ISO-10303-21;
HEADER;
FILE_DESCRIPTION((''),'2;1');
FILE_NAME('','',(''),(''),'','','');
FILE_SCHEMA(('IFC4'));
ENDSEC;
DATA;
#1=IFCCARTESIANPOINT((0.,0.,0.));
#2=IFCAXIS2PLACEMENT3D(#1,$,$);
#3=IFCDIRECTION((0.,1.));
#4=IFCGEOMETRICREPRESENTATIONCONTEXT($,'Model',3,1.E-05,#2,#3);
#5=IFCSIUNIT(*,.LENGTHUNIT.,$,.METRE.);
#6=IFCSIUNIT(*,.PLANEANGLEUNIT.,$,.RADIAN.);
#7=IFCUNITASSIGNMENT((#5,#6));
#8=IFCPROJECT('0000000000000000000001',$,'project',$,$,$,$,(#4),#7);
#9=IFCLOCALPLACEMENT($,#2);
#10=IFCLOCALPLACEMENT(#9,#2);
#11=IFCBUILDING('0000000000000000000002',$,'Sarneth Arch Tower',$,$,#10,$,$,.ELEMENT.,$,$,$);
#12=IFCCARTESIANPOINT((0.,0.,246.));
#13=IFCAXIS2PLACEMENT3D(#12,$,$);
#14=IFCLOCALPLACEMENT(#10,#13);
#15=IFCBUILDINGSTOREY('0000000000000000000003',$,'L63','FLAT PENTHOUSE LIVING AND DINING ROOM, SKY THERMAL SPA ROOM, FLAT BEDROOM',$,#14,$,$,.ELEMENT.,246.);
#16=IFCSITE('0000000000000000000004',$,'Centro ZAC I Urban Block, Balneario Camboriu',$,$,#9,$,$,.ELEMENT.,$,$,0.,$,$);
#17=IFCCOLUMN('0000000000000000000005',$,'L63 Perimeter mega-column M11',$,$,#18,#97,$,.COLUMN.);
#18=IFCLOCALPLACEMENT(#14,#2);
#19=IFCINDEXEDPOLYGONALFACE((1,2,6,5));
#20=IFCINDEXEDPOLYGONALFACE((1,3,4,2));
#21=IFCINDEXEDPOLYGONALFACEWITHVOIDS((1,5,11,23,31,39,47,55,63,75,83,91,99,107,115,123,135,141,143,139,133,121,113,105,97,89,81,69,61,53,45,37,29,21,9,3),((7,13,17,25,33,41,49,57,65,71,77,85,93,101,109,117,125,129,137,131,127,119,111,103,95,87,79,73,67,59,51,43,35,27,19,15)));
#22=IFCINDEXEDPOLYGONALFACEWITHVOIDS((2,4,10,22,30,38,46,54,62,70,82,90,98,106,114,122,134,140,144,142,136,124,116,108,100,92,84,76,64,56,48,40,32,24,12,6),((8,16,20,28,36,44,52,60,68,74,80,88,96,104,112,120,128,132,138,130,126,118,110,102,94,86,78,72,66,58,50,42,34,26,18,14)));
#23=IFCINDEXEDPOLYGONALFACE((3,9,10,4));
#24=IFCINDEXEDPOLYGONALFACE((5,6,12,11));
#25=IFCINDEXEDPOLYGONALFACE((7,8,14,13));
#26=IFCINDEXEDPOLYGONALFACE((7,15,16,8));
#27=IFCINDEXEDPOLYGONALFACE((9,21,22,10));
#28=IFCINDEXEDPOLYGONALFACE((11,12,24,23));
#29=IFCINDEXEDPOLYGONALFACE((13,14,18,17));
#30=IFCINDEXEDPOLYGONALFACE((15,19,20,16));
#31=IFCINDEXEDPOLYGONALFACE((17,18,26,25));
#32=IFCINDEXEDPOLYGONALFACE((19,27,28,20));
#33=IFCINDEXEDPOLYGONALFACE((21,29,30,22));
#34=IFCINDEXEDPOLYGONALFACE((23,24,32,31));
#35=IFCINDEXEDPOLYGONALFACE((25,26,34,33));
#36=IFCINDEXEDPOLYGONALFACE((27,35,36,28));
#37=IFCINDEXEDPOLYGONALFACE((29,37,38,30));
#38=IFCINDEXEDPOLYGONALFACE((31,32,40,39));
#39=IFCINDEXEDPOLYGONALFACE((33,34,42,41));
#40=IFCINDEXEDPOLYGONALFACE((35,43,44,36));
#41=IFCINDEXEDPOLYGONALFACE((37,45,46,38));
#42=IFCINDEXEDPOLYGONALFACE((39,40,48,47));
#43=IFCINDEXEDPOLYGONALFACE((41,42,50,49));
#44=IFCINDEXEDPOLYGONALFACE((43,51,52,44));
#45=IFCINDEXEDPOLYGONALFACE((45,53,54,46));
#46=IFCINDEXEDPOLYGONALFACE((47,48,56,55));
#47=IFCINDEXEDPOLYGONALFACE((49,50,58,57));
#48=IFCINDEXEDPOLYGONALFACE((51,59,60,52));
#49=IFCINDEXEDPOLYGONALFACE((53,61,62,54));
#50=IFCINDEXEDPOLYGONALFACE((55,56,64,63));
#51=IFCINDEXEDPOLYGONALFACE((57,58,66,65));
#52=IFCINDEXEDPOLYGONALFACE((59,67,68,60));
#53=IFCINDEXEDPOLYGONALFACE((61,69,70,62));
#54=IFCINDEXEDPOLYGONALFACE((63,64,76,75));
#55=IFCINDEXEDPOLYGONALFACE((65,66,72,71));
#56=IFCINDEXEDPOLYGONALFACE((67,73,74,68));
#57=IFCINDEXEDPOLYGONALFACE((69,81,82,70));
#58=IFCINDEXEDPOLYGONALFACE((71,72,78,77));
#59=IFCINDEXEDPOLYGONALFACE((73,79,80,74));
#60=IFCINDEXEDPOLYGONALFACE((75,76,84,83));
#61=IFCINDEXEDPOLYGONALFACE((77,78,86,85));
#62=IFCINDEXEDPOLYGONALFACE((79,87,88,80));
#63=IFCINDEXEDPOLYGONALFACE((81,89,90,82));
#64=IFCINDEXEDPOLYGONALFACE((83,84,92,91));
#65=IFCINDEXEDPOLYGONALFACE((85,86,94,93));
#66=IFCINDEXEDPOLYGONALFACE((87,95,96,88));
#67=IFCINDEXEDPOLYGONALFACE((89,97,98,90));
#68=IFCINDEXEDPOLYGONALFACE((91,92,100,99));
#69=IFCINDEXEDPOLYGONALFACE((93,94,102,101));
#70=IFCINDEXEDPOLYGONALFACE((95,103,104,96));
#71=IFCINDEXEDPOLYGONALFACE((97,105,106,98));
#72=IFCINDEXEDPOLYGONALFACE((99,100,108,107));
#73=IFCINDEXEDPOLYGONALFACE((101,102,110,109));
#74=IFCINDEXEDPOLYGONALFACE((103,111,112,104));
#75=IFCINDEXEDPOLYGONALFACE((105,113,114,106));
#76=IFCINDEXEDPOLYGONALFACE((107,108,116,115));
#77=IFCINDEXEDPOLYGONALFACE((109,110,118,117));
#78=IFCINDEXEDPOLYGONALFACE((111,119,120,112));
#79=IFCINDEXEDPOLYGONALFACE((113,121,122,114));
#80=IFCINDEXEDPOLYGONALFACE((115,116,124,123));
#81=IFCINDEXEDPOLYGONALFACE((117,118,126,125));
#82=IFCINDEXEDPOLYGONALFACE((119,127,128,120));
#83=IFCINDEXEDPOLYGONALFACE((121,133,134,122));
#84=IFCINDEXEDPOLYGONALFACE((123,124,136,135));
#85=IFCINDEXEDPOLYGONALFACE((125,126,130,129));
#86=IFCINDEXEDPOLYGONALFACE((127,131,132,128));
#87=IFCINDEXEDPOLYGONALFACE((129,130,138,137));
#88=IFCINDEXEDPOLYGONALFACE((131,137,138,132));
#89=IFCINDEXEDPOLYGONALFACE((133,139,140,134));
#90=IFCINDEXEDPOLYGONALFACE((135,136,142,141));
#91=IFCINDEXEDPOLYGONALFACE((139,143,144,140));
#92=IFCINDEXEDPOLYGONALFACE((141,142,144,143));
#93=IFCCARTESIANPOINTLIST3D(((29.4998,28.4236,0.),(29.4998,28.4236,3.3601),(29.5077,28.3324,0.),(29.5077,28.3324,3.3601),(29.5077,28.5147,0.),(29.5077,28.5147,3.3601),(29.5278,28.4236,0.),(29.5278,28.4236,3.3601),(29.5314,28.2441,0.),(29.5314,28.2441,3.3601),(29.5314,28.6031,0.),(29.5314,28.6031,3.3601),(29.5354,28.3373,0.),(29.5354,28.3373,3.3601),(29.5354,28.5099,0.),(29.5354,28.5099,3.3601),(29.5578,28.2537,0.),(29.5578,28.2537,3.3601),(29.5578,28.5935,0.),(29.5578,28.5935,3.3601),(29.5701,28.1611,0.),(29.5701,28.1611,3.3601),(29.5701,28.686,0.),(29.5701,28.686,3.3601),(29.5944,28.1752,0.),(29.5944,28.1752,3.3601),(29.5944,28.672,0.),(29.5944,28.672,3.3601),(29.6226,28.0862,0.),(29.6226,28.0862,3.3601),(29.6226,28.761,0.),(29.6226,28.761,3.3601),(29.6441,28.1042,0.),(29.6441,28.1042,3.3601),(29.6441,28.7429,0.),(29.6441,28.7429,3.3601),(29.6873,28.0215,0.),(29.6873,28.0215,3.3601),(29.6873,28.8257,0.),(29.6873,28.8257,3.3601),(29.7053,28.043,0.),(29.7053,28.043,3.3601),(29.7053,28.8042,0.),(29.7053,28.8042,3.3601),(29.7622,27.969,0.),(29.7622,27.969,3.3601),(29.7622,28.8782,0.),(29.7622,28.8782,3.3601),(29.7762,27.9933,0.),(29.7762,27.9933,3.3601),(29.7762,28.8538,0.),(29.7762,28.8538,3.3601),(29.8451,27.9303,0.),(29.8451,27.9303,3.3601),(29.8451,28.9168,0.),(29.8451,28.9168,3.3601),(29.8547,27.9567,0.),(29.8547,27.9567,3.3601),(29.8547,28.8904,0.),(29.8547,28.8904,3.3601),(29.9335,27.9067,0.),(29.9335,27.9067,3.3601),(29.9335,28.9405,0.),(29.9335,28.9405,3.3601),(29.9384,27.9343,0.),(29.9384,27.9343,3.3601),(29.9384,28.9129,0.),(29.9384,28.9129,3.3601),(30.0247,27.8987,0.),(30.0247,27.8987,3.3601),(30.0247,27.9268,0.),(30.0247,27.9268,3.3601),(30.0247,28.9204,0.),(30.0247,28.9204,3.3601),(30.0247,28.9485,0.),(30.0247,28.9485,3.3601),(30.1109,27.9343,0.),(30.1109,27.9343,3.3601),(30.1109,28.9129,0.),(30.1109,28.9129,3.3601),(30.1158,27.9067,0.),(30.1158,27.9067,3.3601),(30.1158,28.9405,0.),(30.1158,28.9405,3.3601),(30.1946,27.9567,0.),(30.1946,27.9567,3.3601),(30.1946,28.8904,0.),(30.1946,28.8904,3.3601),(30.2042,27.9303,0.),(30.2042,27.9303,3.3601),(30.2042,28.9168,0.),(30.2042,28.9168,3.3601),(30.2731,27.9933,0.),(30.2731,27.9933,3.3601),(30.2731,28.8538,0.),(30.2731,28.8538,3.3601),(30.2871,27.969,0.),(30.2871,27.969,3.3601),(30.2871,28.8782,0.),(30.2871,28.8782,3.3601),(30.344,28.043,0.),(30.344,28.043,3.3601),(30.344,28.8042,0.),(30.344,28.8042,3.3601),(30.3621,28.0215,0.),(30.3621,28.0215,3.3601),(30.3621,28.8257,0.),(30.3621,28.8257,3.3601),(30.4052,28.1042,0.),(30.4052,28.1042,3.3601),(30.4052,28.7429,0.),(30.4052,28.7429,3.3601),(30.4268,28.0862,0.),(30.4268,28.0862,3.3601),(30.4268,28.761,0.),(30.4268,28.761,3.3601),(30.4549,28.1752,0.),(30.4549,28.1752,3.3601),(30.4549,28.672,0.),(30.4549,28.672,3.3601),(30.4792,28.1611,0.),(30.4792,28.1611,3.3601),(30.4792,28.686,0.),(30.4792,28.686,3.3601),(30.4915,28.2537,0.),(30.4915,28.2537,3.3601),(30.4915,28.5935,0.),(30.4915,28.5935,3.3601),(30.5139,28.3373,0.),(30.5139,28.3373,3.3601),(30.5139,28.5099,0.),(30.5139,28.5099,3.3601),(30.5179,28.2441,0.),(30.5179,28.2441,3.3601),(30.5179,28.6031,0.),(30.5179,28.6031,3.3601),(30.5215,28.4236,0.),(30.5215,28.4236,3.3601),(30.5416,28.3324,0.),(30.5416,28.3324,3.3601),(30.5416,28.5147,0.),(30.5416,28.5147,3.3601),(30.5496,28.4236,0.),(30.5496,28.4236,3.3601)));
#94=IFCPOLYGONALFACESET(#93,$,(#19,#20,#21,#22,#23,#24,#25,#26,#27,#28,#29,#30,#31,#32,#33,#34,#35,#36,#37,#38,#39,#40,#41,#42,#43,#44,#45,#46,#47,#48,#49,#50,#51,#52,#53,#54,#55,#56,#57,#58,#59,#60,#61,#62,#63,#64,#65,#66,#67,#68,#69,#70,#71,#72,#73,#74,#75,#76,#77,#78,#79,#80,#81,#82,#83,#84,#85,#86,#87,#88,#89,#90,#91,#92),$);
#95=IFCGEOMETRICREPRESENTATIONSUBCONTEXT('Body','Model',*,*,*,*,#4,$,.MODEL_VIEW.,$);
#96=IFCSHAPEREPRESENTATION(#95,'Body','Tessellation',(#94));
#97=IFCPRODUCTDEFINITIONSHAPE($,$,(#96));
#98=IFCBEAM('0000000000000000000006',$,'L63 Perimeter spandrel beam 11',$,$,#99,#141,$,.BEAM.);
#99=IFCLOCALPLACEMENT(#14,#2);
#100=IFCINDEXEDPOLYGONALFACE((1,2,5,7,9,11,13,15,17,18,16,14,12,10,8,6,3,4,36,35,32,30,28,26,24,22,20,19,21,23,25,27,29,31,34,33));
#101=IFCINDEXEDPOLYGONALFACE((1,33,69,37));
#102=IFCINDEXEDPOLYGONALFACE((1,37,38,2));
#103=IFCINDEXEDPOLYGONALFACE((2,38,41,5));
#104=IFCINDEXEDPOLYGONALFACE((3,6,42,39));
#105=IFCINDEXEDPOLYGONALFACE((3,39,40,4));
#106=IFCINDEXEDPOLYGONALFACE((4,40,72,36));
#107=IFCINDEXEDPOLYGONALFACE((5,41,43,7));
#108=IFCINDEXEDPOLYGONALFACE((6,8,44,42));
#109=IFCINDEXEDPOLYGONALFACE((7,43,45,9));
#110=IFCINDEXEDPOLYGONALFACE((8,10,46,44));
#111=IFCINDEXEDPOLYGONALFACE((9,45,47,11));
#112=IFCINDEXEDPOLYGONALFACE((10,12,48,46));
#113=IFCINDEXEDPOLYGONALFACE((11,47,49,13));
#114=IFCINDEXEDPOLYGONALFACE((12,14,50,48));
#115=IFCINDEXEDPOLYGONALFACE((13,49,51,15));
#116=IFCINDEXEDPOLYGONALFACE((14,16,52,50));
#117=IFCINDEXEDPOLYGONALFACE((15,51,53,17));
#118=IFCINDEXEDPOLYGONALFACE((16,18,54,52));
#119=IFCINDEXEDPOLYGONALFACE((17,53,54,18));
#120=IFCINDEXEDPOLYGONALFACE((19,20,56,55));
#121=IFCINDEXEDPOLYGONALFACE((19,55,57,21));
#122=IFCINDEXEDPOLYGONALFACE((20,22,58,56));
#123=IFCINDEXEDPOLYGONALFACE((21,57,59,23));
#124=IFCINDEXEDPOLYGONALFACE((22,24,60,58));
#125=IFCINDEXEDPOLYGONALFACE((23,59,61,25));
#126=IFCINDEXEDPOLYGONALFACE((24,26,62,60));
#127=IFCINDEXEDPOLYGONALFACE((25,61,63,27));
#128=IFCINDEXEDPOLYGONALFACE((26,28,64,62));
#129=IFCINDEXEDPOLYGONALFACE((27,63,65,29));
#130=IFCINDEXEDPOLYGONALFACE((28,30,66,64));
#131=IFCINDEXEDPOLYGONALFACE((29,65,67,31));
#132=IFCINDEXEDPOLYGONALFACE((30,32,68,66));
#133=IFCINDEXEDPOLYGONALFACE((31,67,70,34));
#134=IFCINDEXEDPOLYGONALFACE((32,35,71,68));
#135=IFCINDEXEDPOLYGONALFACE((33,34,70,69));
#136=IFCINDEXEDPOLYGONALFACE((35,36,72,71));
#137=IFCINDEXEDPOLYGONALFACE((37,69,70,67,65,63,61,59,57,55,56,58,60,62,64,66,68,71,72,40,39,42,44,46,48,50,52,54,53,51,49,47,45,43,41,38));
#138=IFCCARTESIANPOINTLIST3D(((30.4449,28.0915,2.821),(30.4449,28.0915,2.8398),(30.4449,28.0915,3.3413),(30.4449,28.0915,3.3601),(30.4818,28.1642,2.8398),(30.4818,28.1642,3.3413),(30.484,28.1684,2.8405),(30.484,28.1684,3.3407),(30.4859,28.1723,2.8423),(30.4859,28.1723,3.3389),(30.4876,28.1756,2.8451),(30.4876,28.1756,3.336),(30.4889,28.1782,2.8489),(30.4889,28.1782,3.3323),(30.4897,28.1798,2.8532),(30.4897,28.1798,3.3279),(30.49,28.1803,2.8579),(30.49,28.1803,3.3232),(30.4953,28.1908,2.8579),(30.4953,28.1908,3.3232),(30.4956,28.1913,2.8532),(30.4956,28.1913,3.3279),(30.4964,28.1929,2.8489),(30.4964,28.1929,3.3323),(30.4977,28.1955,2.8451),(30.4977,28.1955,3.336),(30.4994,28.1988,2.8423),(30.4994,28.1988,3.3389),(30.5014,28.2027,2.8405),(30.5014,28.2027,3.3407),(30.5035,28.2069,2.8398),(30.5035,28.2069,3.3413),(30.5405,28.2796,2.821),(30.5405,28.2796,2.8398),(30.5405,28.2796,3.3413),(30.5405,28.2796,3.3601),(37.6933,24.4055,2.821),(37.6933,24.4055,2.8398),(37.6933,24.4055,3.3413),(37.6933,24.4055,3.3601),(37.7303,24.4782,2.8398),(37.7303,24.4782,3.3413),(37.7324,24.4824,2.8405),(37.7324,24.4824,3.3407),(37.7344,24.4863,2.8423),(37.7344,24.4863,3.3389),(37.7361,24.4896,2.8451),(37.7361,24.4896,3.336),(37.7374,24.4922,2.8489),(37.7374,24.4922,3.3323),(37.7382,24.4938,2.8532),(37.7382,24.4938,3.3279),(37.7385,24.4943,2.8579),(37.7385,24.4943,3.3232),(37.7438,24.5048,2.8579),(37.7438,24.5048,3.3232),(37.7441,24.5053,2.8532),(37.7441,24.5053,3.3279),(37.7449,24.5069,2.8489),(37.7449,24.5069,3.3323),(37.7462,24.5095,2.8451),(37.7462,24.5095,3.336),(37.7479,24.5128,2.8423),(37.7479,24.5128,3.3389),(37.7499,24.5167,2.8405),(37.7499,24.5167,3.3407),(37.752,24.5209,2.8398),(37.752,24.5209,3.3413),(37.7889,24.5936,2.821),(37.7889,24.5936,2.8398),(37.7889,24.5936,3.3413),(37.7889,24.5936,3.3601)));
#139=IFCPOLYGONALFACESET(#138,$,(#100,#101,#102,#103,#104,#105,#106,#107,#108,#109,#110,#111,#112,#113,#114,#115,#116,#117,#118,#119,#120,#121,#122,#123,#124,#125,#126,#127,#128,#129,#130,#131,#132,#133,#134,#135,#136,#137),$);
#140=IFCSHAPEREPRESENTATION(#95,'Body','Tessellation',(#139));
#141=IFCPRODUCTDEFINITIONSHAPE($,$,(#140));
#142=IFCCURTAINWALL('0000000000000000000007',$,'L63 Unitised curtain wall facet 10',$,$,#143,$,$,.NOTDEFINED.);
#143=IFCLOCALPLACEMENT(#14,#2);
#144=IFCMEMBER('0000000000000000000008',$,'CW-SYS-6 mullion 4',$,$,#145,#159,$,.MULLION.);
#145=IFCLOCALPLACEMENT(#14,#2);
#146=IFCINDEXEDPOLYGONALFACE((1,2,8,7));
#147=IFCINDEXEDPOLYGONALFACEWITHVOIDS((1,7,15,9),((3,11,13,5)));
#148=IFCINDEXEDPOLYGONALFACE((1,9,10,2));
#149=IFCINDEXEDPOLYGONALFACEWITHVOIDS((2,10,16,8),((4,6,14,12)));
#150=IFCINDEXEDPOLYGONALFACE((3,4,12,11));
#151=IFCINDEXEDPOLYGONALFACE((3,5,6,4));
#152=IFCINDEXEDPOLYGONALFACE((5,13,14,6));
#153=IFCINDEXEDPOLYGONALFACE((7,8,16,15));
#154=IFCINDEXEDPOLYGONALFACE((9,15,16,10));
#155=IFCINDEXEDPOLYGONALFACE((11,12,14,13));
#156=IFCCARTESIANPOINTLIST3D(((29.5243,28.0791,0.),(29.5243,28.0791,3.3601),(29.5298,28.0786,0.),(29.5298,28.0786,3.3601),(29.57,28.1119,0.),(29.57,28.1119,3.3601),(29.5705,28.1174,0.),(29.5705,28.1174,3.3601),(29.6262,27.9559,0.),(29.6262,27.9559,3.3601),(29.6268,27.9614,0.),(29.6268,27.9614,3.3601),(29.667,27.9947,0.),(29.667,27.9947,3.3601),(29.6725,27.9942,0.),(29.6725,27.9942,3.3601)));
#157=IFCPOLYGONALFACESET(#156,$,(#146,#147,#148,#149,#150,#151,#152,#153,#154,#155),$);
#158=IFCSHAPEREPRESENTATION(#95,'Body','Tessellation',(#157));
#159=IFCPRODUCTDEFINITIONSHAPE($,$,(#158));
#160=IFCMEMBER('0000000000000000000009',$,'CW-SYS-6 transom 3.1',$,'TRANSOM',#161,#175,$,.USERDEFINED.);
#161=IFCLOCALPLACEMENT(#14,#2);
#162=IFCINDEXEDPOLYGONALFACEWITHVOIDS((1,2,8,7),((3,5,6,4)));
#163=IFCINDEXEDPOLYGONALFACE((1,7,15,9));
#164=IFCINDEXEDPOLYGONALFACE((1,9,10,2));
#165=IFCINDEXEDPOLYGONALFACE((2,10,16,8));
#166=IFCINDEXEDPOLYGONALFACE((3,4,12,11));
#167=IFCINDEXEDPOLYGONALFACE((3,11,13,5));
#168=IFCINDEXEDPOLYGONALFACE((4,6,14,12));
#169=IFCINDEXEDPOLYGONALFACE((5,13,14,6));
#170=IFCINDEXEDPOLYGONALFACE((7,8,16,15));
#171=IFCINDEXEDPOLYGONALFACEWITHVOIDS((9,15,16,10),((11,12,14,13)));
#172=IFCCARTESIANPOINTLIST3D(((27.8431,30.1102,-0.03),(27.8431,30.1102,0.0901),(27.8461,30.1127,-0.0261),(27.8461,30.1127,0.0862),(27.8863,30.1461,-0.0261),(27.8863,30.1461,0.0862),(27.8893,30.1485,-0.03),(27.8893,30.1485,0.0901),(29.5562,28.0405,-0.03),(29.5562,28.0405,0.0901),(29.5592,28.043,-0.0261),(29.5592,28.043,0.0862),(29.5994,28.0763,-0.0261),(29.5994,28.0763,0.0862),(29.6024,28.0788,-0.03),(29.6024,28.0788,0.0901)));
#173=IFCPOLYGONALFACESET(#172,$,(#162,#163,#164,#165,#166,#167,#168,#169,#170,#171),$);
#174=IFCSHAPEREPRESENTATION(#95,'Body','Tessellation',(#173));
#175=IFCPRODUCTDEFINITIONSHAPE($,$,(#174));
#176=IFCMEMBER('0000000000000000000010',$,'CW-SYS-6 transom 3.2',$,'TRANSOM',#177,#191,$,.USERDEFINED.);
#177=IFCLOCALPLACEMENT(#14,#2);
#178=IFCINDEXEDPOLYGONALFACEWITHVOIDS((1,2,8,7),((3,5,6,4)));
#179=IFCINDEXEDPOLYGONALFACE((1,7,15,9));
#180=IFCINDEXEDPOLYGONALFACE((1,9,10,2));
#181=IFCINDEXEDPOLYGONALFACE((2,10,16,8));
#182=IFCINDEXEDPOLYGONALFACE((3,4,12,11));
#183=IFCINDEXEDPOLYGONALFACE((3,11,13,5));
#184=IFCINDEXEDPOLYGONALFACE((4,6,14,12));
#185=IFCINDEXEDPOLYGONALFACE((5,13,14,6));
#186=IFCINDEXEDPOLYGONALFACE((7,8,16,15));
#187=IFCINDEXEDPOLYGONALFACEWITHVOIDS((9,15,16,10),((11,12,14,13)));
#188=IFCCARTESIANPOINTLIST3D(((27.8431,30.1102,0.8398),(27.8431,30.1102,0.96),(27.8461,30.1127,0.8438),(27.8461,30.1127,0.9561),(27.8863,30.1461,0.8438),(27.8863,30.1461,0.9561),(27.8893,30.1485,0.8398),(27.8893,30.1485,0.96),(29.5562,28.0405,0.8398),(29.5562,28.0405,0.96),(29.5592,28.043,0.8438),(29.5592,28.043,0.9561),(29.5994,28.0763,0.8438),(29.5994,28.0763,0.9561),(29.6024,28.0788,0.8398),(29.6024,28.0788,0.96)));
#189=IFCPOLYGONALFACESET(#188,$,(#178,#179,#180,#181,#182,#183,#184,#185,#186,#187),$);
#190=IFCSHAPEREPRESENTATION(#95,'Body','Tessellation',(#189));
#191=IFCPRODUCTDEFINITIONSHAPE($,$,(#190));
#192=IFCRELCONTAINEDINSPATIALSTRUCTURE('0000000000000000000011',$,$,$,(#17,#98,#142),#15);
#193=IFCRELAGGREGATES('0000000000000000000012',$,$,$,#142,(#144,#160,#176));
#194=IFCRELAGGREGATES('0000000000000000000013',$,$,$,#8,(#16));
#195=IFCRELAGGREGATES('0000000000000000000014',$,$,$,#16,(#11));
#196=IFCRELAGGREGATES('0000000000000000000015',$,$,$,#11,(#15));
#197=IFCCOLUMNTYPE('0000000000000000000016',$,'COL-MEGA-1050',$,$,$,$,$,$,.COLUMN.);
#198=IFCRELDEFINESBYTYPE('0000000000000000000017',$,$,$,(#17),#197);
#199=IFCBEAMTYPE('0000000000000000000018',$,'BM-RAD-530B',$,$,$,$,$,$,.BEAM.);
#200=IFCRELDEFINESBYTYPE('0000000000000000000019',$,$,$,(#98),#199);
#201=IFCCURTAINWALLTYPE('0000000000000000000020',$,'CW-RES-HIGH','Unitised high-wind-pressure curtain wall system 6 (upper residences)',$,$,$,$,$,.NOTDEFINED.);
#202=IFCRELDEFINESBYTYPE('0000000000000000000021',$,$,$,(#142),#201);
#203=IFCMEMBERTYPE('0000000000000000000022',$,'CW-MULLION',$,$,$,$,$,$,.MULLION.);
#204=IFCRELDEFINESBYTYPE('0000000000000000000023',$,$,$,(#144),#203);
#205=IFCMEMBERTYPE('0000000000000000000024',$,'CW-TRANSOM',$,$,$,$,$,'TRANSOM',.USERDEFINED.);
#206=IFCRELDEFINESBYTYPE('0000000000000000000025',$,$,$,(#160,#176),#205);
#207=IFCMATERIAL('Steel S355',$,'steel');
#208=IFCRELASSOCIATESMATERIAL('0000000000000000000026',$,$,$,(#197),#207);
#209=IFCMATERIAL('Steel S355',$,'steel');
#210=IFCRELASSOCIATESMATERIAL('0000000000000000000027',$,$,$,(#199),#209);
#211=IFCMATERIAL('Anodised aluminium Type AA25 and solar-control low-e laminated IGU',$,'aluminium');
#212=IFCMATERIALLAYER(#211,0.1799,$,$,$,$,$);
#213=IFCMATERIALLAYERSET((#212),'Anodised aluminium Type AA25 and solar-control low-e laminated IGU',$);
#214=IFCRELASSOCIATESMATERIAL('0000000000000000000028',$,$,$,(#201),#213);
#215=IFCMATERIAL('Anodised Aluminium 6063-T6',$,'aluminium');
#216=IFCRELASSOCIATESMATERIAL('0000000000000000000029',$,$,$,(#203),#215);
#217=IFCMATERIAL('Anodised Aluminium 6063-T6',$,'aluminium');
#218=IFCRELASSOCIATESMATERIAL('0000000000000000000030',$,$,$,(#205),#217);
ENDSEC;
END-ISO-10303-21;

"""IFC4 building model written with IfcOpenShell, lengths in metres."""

from ifc_helpers import new_model, si_unit, direction, frame, origin, origin_2d, place, context, subcontext, project, spatial, hollow_rectangle, hollow_circle, i_section, extrude, material, layer, layer_set, material_profile, profile_set, type_object, element, aggregate, save


model = new_model("IFC4")

# Units and contexts
model_context = context("Model", 3, precision=1e-05, world=origin(), true_north=direction((0.0, 1.0)))
body_context = subcontext(model_context, "Body", "Model", "MODEL_VIEW")
ifc_project = project(units=[si_unit("LENGTHUNIT", "METRE"), si_unit("PLANEANGLEUNIT", "RADIAN")], contexts=[model_context])

# Site, building, storey
site_placement = place(None, origin())
site = spatial("IfcSite", under=ifc_project, at=site_placement, Name="Centro ZAC I Urban Block, Balneario Camboriu", CompositionType="ELEMENT", RefElevation=0.0)
building_placement = place(site_placement, origin())
building = spatial("IfcBuilding", under=site, at=building_placement, Name="Sarneth Arch Tower", CompositionType="ELEMENT")
storey_placement = place(building_placement, frame((0.0, 0.0, 246.0)))
storey = spatial("IfcBuildingStorey", under=building, at=storey_placement, Name="L63", Description="FLAT PENTHOUSE LIVING AND DINING ROOM, SKY THERMAL SPA ROOM, FLAT BEDROOM", CompositionType="ELEMENT", Elevation=246.0)

# Column
ifc_material_1 = material(Name="Steel S355", Category="steel")
ifc_material_profile_1 = material_profile(ifc_material_1, hollow_circle(Radius=0.5249, WallThickness=0.0281, at=origin_2d()), Name="CHS1050x28")
ifc_profile_set_1 = profile_set([ifc_material_profile_1], Name="Steel S355")
column_type = type_object("IfcColumnType", Name="COL-MEGA-1050", PredefinedType="COLUMN", material=ifc_profile_set_1)
column_placement = place(storey_placement, frame((30.0247, 28.4236, 0.0), z_axis=(0.0, 0.0, 1.0), x_axis=(1.0, 0.0, 0.0)))
element("IfcColumn", 1, at=column_placement, inside=storey, type_object=column_type, Name="L63 Perimeter mega-column M11", PredefinedType="COLUMN", context=body_context, shape_type="SweptSolid", body=[
    extrude(hollow_circle(Radius=0.5249, WallThickness=0.0281, at=origin_2d()), origin(), (0.0, 0.0, 1.0), 3.3601),
])

# Beam
ifc_material_2 = material(Name="Steel S355", Category="steel")
ifc_material_profile_2 = material_profile(ifc_material_2, i_section(OverallWidth=0.2109, OverallDepth=0.5391, WebThickness=0.0117, FlangeThickness=0.0188, FilletRadius=0.0181, at=origin_2d()), Name="W530x109")
ifc_profile_set_2 = profile_set([ifc_material_profile_2], Name="Steel S355")
beam_type = type_object("IfcBeamType", Name="BM-RAD-530B", PredefinedType="BEAM", material=ifc_profile_set_2)
beam_placement = place(storey_placement, frame((30.4927, 28.1855, 3.0906), z_axis=(0.891368, -0.45328, 0.0), x_axis=(0.45328, 0.891368, 0.0)))
element("IfcBeam", 2, at=beam_placement, inside=storey, type_object=beam_type, Name="L63 Perimeter spandrel beam 11", PredefinedType="BEAM", context=body_context, shape_type="SweptSolid", body=[
    extrude(i_section(OverallWidth=0.2109, OverallDepth=0.5391, WebThickness=0.0117, FlangeThickness=0.0188, FilletRadius=0.0181, at=origin_2d()), origin(), (0.0, 0.0, 1.0), 8.1318),
])

# Curtain wall, members
ifc_material_3 = material(Name="Anodised aluminium Type AA25 and solar-control low-e laminated IGU", Category="aluminium")
ifc_layer_1 = layer(ifc_material_3, 0.1799)
ifc_layer_set_1 = layer_set([ifc_layer_1], Name="Anodised aluminium Type AA25 and solar-control low-e laminated IGU")
curtain_wall_type = type_object("IfcCurtainWallType", Name="CW-RES-HIGH", Description="Unitised high-wind-pressure curtain wall system 6 (upper residences)", PredefinedType="NOTDEFINED", material=ifc_layer_set_1)
curtain_wall_placement = place(storey_placement, origin())
curtain_wall = element("IfcCurtainWall", 3, at=curtain_wall_placement, inside=storey, type_object=curtain_wall_type, Name="L63 Unitised curtain wall facet 10", PredefinedType="NOTDEFINED")
ifc_material_4 = material(Name="Anodised Aluminium 6063-T6", Category="aluminium")
ifc_material_profile_3 = material_profile(ifc_material_4, hollow_rectangle(XDim=0.0601, YDim=0.1599, WallThickness=0.0039, at=origin_2d()), Name="AL-MULL-160x60x4")
ifc_profile_set_3 = profile_set([ifc_material_profile_3], Name="Anodised Aluminium 6063-T6")
member_type_1 = type_object("IfcMemberType", Name="CW-MULLION", PredefinedType="MULLION", material=ifc_profile_set_3)
member_1_placement = place(storey_placement, frame((29.5984, 28.0366, 0.0), z_axis=(0.0, 0.0, 1.0), x_axis=(0.770359, 0.63761, 0.0)))
member_1 = element("IfcMember", 4, at=member_1_placement, type_object=member_type_1, Name="CW-SYS-6 mullion 4", PredefinedType="MULLION", context=body_context, shape_type="SweptSolid", body=[
    extrude(hollow_rectangle(XDim=0.0601, YDim=0.1599, WallThickness=0.0039, at=origin_2d()), origin(), (0.0, 0.0, 1.0), 3.3601),
])
ifc_material_5 = material(Name="Anodised Aluminium 6063-T6", Category="aluminium")
ifc_material_profile_4 = material_profile(ifc_material_5, hollow_rectangle(XDim=0.0601, YDim=0.1201, WallThickness=0.0039, at=origin_2d()), Name="AL-TRAN-120x60x4")
ifc_profile_set_4 = profile_set([ifc_material_profile_4], Name="Anodised Aluminium 6063-T6")
member_type_2 = type_object("IfcMemberType", Name="CW-TRANSOM", ElementType="TRANSOM", PredefinedType="USERDEFINED", material=ifc_profile_set_4)
member_2_placement = place(storey_placement, frame((27.8662, 30.1294, 0.03), z_axis=(0.637607, -0.770362, 0.0), x_axis=(0.770362, 0.637607, 0.0)))
member_2 = element("IfcMember", 5, at=member_2_placement, type_object=member_type_2, Name="CW-SYS-6 transom 3.1", ObjectType="TRANSOM", PredefinedType="USERDEFINED", context=body_context, shape_type="SweptSolid", body=[
    extrude(hollow_rectangle(XDim=0.0601, YDim=0.1201, WallThickness=0.0039, at=origin_2d()), origin(), (0.0, 0.0, 1.0), 2.6868),
])
member_3_placement = place(storey_placement, frame((27.8662, 30.1294, 0.8999), z_axis=(0.637607, -0.770362, 0.0), x_axis=(0.770362, 0.637607, 0.0)))
member_3 = element("IfcMember", 6, at=member_3_placement, type_object=member_type_2, Name="CW-SYS-6 transom 3.2", ObjectType="TRANSOM", PredefinedType="USERDEFINED", context=body_context, shape_type="SweptSolid", body=[
    extrude(hollow_rectangle(XDim=0.0601, YDim=0.1201, WallThickness=0.0039, at=origin_2d()), origin(), (0.0, 0.0, 1.0), 2.6868),
])

aggregate(curtain_wall, [member_1, member_2, member_3])

save(model, "model.ifc")
